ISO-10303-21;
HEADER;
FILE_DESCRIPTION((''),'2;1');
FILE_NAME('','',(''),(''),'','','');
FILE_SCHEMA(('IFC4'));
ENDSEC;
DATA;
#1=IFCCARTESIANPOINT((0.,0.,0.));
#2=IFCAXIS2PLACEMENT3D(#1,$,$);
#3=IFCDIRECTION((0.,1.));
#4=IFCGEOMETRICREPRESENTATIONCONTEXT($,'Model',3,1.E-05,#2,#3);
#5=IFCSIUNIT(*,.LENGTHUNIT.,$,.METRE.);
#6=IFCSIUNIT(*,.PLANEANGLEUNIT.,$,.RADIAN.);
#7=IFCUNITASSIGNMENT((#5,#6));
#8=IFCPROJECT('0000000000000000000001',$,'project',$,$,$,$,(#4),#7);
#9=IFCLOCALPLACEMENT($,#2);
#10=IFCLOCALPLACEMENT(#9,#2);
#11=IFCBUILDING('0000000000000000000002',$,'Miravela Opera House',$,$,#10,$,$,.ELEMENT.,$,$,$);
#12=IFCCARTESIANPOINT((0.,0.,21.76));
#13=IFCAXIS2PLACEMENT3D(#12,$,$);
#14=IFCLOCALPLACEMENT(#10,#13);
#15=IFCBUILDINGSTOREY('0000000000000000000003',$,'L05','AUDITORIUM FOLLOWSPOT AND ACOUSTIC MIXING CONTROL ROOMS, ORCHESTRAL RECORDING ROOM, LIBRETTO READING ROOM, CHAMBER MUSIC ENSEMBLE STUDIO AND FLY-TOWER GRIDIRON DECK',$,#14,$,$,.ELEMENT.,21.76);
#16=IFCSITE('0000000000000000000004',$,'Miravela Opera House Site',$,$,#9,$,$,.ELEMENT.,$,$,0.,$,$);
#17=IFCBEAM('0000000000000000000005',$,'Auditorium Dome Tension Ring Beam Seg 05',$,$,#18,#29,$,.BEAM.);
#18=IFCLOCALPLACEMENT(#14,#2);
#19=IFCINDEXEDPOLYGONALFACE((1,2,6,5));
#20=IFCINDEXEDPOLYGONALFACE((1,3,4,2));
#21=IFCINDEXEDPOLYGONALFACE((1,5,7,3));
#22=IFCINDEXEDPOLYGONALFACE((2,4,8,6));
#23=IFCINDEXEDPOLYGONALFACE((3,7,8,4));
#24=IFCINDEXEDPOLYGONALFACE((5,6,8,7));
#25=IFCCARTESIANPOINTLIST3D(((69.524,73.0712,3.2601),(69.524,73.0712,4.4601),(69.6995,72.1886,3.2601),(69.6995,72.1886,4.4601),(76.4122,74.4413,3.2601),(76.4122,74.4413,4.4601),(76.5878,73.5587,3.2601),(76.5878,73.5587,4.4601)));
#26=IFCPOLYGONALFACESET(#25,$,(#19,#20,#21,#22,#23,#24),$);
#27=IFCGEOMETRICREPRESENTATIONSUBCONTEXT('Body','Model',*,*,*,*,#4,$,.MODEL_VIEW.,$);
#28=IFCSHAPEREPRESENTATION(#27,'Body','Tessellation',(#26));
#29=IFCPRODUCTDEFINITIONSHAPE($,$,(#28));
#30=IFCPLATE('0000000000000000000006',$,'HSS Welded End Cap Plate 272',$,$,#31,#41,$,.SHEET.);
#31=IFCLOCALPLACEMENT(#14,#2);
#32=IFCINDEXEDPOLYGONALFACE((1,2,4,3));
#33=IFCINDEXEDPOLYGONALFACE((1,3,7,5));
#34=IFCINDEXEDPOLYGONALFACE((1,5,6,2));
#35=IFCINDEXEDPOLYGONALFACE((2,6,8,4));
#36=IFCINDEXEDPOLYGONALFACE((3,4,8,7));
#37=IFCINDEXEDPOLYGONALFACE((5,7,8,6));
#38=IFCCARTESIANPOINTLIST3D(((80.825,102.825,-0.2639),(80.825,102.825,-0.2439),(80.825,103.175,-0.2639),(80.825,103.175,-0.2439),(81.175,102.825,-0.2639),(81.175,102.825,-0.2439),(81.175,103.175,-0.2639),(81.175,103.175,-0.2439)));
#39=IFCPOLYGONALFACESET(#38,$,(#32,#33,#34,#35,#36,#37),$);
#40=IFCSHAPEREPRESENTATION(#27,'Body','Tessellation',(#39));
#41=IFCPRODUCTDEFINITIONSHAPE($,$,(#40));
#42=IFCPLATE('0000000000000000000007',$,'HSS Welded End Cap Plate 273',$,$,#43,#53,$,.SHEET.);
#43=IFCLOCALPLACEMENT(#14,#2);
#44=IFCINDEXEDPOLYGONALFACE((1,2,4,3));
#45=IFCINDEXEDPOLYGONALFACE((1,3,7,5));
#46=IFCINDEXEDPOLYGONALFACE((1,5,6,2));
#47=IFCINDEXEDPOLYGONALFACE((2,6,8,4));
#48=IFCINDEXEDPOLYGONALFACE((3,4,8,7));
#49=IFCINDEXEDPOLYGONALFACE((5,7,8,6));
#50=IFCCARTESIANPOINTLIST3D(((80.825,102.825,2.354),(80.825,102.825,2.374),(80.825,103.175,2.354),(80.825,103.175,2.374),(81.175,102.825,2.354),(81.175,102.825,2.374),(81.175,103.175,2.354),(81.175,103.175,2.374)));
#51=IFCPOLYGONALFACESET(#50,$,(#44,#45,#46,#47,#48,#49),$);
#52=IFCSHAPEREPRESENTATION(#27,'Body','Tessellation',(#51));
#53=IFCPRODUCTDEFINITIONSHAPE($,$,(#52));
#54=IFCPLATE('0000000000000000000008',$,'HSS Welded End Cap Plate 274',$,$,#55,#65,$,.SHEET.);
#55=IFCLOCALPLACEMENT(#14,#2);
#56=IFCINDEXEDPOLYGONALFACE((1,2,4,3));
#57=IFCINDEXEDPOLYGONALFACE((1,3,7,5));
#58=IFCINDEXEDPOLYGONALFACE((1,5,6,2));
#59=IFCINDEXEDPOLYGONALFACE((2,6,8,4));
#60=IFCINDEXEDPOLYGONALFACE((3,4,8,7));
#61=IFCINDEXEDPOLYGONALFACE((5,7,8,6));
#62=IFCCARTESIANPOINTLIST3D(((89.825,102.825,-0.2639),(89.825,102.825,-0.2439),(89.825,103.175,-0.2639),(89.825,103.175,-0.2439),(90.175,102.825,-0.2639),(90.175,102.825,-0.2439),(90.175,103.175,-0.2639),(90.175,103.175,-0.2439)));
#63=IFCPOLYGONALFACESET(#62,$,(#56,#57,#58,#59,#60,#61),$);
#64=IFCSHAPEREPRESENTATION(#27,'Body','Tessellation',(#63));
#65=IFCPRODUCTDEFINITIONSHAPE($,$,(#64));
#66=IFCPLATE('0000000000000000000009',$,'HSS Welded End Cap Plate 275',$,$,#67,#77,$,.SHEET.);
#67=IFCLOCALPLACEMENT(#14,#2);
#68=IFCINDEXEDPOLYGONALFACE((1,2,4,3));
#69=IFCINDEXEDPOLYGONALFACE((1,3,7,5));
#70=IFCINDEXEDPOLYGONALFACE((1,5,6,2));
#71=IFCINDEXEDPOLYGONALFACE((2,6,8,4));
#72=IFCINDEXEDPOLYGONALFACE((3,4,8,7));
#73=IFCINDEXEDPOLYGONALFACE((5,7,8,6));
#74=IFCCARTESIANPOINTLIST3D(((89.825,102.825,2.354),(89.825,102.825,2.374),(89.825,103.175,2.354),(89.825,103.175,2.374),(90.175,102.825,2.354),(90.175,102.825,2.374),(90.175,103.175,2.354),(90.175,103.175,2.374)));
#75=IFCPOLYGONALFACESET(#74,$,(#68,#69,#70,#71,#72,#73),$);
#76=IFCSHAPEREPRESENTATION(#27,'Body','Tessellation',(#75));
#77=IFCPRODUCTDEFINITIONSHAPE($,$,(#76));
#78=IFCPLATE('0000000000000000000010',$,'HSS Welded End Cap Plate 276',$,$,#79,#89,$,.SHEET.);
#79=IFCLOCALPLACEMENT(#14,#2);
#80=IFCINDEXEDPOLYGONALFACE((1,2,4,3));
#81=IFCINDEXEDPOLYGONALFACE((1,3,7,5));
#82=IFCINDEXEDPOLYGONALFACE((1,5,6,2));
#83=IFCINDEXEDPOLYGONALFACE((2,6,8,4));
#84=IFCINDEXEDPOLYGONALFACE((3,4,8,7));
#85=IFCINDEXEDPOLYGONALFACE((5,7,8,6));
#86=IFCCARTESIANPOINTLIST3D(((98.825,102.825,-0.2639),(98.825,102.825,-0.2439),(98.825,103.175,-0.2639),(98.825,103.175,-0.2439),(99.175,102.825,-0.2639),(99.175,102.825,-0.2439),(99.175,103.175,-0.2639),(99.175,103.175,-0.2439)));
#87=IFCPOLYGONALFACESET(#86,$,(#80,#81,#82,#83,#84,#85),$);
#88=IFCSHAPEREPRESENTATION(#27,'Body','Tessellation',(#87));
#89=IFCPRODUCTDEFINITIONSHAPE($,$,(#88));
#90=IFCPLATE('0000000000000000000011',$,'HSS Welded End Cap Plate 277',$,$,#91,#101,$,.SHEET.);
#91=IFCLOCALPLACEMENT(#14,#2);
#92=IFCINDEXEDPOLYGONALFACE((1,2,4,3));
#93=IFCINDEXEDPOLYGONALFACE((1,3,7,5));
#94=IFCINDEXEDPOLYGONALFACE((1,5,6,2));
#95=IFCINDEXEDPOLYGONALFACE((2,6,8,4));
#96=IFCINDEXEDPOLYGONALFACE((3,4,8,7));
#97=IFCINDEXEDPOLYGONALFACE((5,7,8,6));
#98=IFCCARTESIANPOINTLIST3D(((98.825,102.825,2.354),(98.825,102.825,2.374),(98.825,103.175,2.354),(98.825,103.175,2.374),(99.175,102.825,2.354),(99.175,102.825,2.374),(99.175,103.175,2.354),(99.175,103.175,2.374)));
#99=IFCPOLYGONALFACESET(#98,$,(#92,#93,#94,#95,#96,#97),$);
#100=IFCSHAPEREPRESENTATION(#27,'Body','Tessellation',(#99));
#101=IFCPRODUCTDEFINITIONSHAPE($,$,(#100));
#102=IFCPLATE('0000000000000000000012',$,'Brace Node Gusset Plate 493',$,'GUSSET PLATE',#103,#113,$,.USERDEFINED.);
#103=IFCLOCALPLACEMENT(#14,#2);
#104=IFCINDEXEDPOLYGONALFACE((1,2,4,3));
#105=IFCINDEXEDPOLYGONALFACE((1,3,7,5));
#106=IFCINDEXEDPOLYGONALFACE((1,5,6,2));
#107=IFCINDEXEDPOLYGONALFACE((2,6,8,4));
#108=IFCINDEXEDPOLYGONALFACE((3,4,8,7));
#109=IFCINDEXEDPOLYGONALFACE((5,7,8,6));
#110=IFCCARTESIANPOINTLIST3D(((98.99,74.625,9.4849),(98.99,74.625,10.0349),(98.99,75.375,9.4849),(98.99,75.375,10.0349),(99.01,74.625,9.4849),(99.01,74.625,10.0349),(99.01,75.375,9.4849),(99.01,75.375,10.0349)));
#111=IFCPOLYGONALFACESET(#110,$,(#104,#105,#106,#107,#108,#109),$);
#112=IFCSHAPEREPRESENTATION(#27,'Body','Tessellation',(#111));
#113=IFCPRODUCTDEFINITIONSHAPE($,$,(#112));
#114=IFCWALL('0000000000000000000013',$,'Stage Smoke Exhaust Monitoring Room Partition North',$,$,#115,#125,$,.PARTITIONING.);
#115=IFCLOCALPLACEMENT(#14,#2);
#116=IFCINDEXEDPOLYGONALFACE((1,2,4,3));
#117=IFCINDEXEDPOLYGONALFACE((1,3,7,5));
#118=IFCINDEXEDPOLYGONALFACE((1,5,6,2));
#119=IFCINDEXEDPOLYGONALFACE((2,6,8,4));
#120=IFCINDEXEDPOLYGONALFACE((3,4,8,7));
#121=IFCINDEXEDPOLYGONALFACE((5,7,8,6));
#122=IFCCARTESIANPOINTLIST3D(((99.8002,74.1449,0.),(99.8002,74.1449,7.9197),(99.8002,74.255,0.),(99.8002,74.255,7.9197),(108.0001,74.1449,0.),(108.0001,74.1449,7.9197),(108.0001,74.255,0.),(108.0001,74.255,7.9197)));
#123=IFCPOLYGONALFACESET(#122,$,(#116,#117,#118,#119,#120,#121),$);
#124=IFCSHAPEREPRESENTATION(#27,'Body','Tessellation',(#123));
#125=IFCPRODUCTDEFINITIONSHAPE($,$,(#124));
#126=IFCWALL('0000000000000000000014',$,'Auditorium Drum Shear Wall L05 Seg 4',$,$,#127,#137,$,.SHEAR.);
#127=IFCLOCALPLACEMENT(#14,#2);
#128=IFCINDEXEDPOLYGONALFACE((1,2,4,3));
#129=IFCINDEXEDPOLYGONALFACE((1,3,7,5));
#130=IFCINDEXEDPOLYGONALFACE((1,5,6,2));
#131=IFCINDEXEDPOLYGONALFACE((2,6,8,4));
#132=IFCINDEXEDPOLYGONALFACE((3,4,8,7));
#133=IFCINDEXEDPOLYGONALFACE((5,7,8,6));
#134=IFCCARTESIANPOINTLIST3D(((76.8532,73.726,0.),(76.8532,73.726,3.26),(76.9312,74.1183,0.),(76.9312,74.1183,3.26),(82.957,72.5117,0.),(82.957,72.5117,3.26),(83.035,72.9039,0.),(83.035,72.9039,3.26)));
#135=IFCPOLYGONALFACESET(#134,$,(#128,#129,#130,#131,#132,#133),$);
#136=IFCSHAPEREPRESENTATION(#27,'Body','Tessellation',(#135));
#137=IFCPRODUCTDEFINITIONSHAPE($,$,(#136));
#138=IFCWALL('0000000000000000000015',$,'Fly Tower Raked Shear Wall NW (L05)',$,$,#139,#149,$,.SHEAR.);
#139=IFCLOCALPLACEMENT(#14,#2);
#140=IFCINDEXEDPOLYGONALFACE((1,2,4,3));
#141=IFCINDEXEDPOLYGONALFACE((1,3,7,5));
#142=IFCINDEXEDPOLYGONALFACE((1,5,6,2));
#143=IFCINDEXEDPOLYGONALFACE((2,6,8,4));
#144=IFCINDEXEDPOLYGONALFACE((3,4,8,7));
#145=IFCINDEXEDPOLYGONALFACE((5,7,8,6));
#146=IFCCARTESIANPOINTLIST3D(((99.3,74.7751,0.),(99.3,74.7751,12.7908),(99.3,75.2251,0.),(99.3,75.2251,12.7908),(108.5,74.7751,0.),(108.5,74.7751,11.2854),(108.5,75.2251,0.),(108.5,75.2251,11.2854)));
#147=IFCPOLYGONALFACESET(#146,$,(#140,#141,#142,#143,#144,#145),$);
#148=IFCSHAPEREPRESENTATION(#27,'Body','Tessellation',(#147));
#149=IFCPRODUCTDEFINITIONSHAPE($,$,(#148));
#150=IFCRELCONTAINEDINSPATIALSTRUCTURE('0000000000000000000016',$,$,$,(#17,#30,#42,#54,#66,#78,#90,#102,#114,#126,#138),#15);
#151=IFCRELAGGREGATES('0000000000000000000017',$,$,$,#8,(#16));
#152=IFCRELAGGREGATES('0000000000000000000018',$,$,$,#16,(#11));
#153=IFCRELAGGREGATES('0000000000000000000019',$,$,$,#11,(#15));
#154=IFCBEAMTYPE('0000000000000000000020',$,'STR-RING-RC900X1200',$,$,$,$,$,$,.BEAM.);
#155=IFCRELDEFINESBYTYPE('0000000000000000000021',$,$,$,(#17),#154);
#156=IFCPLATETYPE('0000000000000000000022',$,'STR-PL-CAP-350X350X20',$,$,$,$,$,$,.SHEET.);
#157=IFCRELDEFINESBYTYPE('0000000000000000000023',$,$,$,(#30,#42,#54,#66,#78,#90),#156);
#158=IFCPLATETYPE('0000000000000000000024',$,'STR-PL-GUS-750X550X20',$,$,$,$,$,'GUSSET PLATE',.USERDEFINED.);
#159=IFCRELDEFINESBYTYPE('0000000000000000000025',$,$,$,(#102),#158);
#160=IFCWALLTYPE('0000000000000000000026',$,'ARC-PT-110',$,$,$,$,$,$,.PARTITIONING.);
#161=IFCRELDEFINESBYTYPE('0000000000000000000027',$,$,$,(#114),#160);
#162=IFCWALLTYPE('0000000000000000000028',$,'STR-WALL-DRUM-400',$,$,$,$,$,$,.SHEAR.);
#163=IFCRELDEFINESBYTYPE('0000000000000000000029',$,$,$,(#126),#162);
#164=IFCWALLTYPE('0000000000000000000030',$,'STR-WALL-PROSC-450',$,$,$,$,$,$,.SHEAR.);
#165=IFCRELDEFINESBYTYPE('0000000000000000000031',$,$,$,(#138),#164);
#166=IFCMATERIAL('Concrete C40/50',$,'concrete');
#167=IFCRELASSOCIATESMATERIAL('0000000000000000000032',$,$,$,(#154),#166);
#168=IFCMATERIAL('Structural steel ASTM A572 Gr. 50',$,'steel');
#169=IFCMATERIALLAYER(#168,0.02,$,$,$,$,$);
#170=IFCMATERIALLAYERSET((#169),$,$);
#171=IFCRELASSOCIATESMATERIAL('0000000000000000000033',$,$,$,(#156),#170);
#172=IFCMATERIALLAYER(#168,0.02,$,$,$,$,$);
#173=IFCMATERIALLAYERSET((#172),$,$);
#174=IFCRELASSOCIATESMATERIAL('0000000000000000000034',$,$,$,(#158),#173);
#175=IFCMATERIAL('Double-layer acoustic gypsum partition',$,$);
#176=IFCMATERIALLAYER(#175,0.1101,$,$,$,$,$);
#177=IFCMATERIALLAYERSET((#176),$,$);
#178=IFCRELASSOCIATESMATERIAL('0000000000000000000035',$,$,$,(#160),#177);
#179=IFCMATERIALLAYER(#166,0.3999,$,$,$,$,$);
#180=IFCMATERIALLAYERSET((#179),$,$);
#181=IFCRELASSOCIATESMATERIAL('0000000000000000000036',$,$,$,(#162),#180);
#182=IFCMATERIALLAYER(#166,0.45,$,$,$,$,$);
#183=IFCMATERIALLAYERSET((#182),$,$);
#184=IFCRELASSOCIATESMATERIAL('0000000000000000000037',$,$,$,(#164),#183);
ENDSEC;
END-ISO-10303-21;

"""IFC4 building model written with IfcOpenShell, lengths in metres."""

from ifc_helpers import new_model, si_unit, direction, frame, frame_2d, origin, origin_2d, place, context, subcontext, project, spatial, polyline, rectangle, outline, extrude, material, layer, layer_set, material_profile, profile_set, type_object, element, save


model = new_model("IFC4")

# Units and contexts
model_context = context("Model", 3, precision=1e-05, world=origin(), true_north=direction((0.0, 1.0)))
body_context = subcontext(model_context, "Body", "Model", "MODEL_VIEW")
ifc_project = project(units=[si_unit("LENGTHUNIT", "METRE"), si_unit("PLANEANGLEUNIT", "RADIAN")], contexts=[model_context])

# Site, building, storey
site_placement = place(None, origin())
site = spatial("IfcSite", under=ifc_project, at=site_placement, Name="Miravela Opera House Site", CompositionType="ELEMENT", RefElevation=0.0)
building_placement = place(site_placement, origin())
building = spatial("IfcBuilding", under=site, at=building_placement, Name="Miravela Opera House", CompositionType="ELEMENT")
storey_placement = place(building_placement, frame((0.0, 0.0, 21.76)))
storey = spatial("IfcBuildingStorey", under=building, at=storey_placement, Name="L05", Description="AUDITORIUM FOLLOWSPOT AND ACOUSTIC MIXING CONTROL ROOMS, ORCHESTRAL RECORDING ROOM, LIBRETTO READING ROOM, CHAMBER MUSIC ENSEMBLE STUDIO AND FLY-TOWER GRIDIRON DECK", CompositionType="ELEMENT", Elevation=21.76)

# Beam
ifc_material_1 = material(Name="Concrete C40/50", Category="concrete")
ifc_material_profile_1 = material_profile(ifc_material_1, rectangle(XDim=0.8999, YDim=1.2, at=origin_2d()), Name="RC-RING-900X1200")
ifc_profile_set_1 = profile_set([ifc_material_profile_1])
beam_type = type_object("IfcBeamType", Name="STR-RING-RC900X1200", PredefinedType="BEAM", material=ifc_profile_set_1)
beam_placement = place(storey_placement, frame((76.5, 74.0, 3.8601), z_axis=(-0.980786, -0.195087, 0.0), x_axis=(0.195087, -0.980786, 0.0)))
element("IfcBeam", 1, at=beam_placement, inside=storey, type_object=beam_type, Name="Auditorium Dome Tension Ring Beam Seg 05", PredefinedType="BEAM", context=body_context, shape_type="SweptSolid", body=[
    extrude(rectangle(XDim=0.8999, YDim=1.2, at=origin_2d()), origin(), (0.0, 0.0, 1.0), 7.0232),
])

# Plates
ifc_material_2 = material(Name="Structural steel ASTM A572 Gr. 50", Category="steel")
ifc_layer_1 = layer(ifc_material_2, 0.02)
ifc_layer_set_1 = layer_set([ifc_layer_1])
plate_type_1 = type_object("IfcPlateType", Name="STR-PL-CAP-350X350X20", PredefinedType="SHEET", material=ifc_layer_set_1)
for number, where, z_axis, x_axis, name in (
    (2, (81.0, 103.0, -0.2639), (0.0, 0.0, 1.0), (1.0, 0.0, 0.0), "HSS Welded End Cap Plate 272"),
    (3, (81.0, 103.0, 2.354), (0.0, 0.0, 1.0), (1.0, 0.0, 0.0), "HSS Welded End Cap Plate 273"),
    (4, (90.0, 103.0, -0.2639), (0.0, 0.0, 1.0), (1.0, 0.0, 0.0), "HSS Welded End Cap Plate 274"),
    (5, (90.0, 103.0, 2.354), (0.0, 0.0, 1.0), (1.0, 0.0, 0.0), "HSS Welded End Cap Plate 275"),
    (6, (99.0, 103.0, -0.2639), (0.0, 0.0, 1.0), (1.0, 0.0, 0.0), "HSS Welded End Cap Plate 276"),
    (7, (99.0, 103.0, 2.354), (0.0, 0.0, 1.0), (1.0, 0.0, 0.0), "HSS Welded End Cap Plate 277"),
):
    element("IfcPlate", number, at=place(storey_placement, frame(where, z_axis=z_axis, x_axis=x_axis)), inside=storey, type_object=plate_type_1, Name=name, PredefinedType="SHEET", context=body_context, shape_type="SweptSolid", body=[
        extrude(rectangle(XDim=0.3501, YDim=0.3501, at=origin_2d()), origin(), (0.0, 0.0, 1.0), 0.02),
    ])
ifc_layer_2 = layer(ifc_material_2, 0.02)
ifc_layer_set_2 = layer_set([ifc_layer_2])
plate_type_2 = type_object("IfcPlateType", Name="STR-PL-GUS-750X550X20", ElementType="GUSSET PLATE", PredefinedType="USERDEFINED", material=ifc_layer_set_2)
plate_placement = place(storey_placement, frame((99.0, 75.0, 9.4849), z_axis=(0.0, 0.0, 1.0), x_axis=(0.0, 1.0, 0.0)))
element("IfcPlate", 8, at=plate_placement, inside=storey, type_object=plate_type_2, Name="Brace Node Gusset Plate 493", ObjectType="GUSSET PLATE", PredefinedType="USERDEFINED", context=body_context, shape_type="SweptSolid", body=[
    extrude(rectangle(XDim=0.75, YDim=0.02, at=origin_2d()), origin(), (0.0, 0.0, 1.0), 0.55),
])

# Walls
ifc_material_3 = material(Name="Double-layer acoustic gypsum partition")
ifc_layer_3 = layer(ifc_material_3, 0.1101)
ifc_layer_set_3 = layer_set([ifc_layer_3])
wall_type_1 = type_object("IfcWallType", Name="ARC-PT-110", PredefinedType="PARTITIONING", material=ifc_layer_set_3)
wall_1_placement = place(storey_placement, frame((99.8, 74.2, 0.0), z_axis=(0.0, 0.0, 1.0), x_axis=(1.0, 0.0, 0.0)))
element("IfcWall", 9, at=wall_1_placement, inside=storey, type_object=wall_type_1, Name="Stage Smoke Exhaust Monitoring Room Partition North", PredefinedType="PARTITIONING", context=body_context, shape_type="SweptSolid", body=[
    extrude(rectangle(XDim=8.2, YDim=0.1101, at=frame_2d((4.1001, 0.0))), origin(), (0.0, 0.0, 1.0), 7.9197),
])
ifc_layer_4 = layer(ifc_material_1, 0.3999)
ifc_layer_set_4 = layer_set([ifc_layer_4])
wall_type_2 = type_object("IfcWallType", Name="STR-WALL-DRUM-400", PredefinedType="SHEAR", material=ifc_layer_set_4)
wall_2_placement = place(storey_placement, frame((82.9961, 72.7078, 0.0), z_axis=(0.0, 0.0, 1.0), x_axis=(-0.980778, 0.195128, 0.0)))
element("IfcWall", 10, at=wall_2_placement, inside=storey, type_object=wall_type_2, Name="Auditorium Drum Shear Wall L05 Seg 4", PredefinedType="SHEAR", context=body_context, shape_type="SweptSolid", body=[
    extrude(rectangle(XDim=6.2234, YDim=0.3999, at=frame_2d((3.1118, 0.0))), origin(), (0.0, 0.0, 1.0), 3.26),
])
ifc_layer_5 = layer(ifc_material_1, 0.45)
ifc_layer_set_5 = layer_set([ifc_layer_5])
wall_type_3 = type_object("IfcWallType", Name="STR-WALL-PROSC-450", PredefinedType="SHEAR", material=ifc_layer_set_5)
wall_3_placement = place(storey_placement, frame((99.3, 75.0, 0.0), z_axis=(0.0, 0.0, 1.0), x_axis=(1.0, 0.0, 0.0)))
element("IfcWall", 11, at=wall_3_placement, inside=storey, type_object=wall_type_3, Name="Fly Tower Raked Shear Wall NW (L05)", PredefinedType="SHEAR", context=body_context, shape_type="SweptSolid", body=[
    extrude(outline(polyline([(0.0, 0.0), (9.2, 0.0), (9.2, 11.2854), (0.0, 12.7908), (0.0, 0.0)])), frame((0.0, 0.2251, 0.0), z_axis=(0.0, -1.0, 0.0), x_axis=(1.0, 0.0, 0.0)), (0.0, 0.0, 1.0), 0.45),
])

save(model, "model.ifc")
